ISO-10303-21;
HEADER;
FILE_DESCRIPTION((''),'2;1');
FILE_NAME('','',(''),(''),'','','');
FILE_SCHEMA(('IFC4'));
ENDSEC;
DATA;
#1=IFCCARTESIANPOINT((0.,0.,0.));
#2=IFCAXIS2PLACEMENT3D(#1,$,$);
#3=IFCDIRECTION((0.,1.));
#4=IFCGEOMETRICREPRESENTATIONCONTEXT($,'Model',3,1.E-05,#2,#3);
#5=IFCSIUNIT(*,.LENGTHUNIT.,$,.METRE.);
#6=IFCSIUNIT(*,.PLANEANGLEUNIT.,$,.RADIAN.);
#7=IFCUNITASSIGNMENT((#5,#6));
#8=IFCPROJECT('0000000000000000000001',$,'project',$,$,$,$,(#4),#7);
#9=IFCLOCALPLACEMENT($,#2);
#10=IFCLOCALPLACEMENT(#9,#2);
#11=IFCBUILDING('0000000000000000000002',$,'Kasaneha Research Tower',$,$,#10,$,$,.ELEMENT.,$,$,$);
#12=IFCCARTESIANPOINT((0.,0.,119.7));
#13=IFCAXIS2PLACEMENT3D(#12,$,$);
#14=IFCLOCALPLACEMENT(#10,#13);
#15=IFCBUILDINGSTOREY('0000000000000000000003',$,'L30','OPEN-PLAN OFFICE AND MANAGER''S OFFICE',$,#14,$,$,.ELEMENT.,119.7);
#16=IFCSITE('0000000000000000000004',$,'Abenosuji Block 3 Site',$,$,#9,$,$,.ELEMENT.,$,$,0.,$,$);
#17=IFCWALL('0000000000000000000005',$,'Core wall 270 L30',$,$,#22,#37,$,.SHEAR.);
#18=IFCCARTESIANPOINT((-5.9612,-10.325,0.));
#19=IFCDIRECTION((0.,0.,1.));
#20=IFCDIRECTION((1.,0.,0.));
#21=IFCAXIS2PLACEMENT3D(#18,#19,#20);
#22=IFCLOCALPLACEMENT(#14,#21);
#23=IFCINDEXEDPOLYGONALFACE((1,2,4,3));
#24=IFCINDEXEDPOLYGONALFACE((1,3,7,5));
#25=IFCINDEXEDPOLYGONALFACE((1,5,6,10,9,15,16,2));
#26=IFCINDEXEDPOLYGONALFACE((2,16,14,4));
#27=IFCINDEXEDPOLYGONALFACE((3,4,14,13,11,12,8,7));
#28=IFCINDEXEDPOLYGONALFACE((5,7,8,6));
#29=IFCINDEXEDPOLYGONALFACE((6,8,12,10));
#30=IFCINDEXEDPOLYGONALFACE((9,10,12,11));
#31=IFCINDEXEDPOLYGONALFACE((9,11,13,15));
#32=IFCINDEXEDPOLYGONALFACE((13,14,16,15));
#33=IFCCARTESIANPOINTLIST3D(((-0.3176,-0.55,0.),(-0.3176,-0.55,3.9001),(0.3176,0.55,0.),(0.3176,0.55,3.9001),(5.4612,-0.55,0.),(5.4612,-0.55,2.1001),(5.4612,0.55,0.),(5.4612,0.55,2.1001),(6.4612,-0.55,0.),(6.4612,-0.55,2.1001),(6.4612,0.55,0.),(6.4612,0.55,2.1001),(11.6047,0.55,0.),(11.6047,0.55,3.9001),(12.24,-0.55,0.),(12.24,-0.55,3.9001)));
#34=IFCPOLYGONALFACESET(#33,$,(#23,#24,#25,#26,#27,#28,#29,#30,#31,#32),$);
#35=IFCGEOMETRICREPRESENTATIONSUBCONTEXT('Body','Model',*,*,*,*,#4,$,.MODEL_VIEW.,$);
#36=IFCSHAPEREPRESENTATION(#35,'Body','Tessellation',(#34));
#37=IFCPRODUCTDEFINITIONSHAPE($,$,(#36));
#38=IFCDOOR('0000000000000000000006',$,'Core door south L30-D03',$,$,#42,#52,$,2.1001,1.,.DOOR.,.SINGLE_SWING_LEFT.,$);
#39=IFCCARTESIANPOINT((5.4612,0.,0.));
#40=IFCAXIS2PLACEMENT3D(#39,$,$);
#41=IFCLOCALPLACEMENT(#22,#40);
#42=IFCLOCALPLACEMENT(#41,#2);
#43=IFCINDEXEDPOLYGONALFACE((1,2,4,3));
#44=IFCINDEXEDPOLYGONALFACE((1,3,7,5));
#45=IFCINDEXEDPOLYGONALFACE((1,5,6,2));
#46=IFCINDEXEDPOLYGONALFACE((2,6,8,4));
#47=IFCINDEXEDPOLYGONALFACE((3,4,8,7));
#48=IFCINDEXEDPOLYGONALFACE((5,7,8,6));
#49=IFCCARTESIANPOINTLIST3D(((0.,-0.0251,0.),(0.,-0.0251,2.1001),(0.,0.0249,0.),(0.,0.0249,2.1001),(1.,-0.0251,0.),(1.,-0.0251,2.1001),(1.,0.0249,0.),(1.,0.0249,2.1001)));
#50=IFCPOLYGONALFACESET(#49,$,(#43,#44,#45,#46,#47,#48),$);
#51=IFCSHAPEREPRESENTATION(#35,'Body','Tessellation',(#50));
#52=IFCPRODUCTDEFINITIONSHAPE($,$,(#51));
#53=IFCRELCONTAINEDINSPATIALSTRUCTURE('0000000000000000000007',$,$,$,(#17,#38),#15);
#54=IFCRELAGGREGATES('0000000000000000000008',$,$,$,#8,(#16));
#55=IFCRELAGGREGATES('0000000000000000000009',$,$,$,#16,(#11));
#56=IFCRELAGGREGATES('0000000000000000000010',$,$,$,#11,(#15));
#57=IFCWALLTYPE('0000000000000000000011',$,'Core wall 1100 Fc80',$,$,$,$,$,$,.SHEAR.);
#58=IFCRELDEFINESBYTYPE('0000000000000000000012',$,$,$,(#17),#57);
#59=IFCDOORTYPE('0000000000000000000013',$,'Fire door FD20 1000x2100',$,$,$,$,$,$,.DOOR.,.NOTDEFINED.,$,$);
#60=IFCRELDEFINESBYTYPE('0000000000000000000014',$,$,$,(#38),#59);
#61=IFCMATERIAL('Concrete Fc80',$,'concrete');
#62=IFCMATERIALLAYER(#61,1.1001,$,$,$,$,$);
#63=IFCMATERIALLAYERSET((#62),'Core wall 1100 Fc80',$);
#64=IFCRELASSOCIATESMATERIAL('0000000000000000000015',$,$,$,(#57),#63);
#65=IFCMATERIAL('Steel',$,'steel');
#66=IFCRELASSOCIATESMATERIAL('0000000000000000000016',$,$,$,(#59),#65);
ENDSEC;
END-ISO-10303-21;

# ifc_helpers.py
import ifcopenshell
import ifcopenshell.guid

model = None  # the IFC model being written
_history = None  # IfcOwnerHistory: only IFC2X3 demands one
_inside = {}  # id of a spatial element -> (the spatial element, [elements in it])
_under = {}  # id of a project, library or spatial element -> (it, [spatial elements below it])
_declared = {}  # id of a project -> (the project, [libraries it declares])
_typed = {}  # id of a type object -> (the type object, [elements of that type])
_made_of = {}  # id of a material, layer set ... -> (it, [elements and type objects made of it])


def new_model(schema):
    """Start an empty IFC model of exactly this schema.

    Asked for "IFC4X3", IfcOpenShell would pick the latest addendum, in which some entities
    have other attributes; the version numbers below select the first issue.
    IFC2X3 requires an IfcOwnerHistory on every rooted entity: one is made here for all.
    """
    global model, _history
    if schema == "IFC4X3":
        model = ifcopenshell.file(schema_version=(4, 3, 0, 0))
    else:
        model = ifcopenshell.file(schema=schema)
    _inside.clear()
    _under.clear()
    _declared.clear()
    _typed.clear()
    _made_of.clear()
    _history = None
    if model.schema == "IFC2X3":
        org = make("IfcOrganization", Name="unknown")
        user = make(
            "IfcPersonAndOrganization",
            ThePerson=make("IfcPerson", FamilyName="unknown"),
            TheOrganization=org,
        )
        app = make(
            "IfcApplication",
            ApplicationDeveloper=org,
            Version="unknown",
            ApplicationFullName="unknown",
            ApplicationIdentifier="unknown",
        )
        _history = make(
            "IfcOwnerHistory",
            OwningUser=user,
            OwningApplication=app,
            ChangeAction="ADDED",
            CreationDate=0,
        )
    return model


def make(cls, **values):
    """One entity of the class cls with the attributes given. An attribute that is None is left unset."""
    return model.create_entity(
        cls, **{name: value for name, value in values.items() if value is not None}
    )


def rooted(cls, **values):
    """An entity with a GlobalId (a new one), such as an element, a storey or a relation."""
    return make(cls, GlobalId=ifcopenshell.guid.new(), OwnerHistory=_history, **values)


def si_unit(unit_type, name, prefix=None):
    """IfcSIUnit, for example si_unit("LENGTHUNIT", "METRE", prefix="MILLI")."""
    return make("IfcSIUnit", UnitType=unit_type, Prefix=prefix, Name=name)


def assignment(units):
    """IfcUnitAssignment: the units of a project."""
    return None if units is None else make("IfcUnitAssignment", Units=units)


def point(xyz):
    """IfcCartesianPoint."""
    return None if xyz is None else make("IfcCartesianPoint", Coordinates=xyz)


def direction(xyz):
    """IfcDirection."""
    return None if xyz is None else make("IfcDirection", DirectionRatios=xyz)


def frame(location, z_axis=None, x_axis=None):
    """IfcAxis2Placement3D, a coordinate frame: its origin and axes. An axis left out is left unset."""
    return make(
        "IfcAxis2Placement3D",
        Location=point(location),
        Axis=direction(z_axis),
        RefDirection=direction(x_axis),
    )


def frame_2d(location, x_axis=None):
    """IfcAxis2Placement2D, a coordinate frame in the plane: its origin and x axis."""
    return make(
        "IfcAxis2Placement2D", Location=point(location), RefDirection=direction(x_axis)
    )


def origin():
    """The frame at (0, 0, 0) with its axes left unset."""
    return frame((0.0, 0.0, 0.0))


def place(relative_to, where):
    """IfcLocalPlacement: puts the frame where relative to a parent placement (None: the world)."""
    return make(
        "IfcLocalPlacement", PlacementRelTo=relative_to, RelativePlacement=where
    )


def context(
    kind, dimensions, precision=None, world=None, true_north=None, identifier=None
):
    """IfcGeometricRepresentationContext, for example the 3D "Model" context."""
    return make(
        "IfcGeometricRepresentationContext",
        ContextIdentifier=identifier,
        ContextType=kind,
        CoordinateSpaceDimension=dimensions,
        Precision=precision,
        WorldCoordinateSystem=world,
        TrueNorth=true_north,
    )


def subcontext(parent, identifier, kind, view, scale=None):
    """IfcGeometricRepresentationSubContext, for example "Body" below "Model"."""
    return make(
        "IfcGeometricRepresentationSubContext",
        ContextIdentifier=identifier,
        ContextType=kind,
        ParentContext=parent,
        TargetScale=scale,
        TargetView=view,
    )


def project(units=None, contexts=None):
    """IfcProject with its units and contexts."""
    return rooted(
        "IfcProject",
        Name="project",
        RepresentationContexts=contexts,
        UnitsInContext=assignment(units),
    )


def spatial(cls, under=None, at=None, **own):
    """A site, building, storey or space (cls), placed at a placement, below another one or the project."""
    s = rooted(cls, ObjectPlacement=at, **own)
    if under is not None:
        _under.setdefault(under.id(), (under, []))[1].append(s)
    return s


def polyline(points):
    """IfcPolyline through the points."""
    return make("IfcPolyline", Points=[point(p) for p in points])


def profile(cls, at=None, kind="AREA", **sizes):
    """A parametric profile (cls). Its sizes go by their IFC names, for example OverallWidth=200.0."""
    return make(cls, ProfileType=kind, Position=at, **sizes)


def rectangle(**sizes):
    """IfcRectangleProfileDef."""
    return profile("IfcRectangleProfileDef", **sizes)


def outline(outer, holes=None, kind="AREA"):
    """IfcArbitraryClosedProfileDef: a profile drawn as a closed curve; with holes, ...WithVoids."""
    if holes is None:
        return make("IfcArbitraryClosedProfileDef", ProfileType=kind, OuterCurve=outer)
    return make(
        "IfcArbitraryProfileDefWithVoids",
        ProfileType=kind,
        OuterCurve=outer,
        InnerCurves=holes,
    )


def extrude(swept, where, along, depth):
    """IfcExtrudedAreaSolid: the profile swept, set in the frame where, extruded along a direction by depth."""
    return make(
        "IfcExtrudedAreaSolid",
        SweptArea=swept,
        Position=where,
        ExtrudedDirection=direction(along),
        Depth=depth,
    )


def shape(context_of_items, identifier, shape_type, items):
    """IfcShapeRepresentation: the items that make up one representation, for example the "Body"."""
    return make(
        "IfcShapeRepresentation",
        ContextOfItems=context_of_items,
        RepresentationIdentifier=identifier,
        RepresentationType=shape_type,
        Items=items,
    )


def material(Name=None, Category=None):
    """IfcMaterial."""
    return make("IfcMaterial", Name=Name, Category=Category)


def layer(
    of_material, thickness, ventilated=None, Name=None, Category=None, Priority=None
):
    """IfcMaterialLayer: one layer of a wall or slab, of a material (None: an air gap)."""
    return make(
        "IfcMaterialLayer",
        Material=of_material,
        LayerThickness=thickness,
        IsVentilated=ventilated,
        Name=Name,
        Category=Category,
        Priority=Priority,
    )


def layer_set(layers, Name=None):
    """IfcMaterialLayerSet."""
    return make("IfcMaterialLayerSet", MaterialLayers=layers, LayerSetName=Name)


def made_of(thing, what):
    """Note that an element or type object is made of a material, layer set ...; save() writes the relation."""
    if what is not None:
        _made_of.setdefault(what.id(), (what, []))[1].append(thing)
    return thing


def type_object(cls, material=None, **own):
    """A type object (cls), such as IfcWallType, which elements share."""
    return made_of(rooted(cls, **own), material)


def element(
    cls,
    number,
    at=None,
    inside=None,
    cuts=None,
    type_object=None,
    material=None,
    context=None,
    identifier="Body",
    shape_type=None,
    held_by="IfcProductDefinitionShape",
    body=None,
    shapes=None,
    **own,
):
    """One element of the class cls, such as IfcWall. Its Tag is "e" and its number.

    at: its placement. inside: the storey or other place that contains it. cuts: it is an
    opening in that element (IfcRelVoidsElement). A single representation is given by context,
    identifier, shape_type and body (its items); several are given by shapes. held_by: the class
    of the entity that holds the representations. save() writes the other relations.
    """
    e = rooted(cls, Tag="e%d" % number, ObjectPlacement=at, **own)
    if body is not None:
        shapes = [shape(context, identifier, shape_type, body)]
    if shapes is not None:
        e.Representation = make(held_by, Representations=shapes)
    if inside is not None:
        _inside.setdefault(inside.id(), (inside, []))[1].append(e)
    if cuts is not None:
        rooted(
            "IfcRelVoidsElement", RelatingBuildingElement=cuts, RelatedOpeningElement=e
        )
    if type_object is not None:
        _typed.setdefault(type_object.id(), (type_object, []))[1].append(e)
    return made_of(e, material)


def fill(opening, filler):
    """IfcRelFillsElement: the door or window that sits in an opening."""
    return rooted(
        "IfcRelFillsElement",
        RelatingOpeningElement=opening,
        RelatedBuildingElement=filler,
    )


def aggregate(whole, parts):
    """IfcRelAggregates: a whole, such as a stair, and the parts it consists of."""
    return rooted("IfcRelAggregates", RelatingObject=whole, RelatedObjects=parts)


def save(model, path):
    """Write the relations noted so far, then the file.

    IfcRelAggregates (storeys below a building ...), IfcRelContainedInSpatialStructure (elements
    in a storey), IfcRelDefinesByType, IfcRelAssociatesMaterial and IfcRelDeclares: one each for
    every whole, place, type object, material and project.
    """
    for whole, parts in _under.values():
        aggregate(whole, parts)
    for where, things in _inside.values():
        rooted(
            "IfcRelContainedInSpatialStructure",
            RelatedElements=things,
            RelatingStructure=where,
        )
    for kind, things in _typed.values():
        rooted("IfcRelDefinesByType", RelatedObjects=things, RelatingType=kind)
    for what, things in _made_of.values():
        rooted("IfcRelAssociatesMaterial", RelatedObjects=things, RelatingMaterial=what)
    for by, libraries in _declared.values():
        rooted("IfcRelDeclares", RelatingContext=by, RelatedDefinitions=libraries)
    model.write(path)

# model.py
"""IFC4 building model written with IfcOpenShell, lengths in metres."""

from ifc_helpers import new_model, si_unit, direction, frame, frame_2d, origin, place, context, subcontext, project, spatial, polyline, rectangle, outline, extrude, material, layer, layer_set, type_object, element, fill, save


model = new_model("IFC4")

# Units and contexts
model_context = context("Model", 3, precision=1e-05, world=origin(), true_north=direction((0.0, 1.0)))
body_context = subcontext(model_context, "Body", "Model", "MODEL_VIEW")
ifc_project = project(units=[si_unit("LENGTHUNIT", "METRE"), si_unit("PLANEANGLEUNIT", "RADIAN")], contexts=[model_context])

# Site, building, storey
site_placement = place(None, origin())
site = spatial("IfcSite", under=ifc_project, at=site_placement, Name="Abenosuji Block 3 Site", CompositionType="ELEMENT", RefElevation=0.0)
building_placement = place(site_placement, origin())
building = spatial("IfcBuilding", under=site, at=building_placement, Name="Kasaneha Research Tower", CompositionType="ELEMENT")
storey_placement = place(building_placement, frame((0.0, 0.0, 119.7)))
storey = spatial("IfcBuildingStorey", under=building, at=storey_placement, Name="L30", Description="OPEN-PLAN OFFICE AND MANAGER'S OFFICE", CompositionType="ELEMENT", Elevation=119.7)

# Wall, opening, door
ifc_material_1 = material(Name="Concrete Fc80", Category="concrete")
ifc_layer_1 = layer(ifc_material_1, 1.1001)
ifc_layer_set_1 = layer_set([ifc_layer_1], Name="Core wall 1100 Fc80")
wall_type_1 = type_object("IfcWallType", Name="Core wall 1100 Fc80", PredefinedType="SHEAR", material=ifc_layer_set_1)
wall_1_placement = place(storey_placement, frame((-5.9612, -10.325, 0.0), z_axis=(0.0, 0.0, 1.0), x_axis=(1.0, 0.0, 0.0)))
wall_1 = element("IfcWall", 1, at=wall_1_placement, inside=storey, type_object=wall_type_1, Name="Core wall 270 L30", PredefinedType="SHEAR", context=body_context, shape_type="SweptSolid", body=[
    extrude(outline(polyline([(-0.3176, -0.55), (5.4612, -0.55), (6.4612, -0.55), (12.24, -0.55), (11.6047, 0.55), (6.4612, 0.55), (5.4612, 0.55), (0.3176, 0.55), (-0.3176, -0.55)])), origin(), (0.0, 0.0, 1.0), 3.9001),
])
opening_1_placement = place(wall_1_placement, frame((5.4612, 0.0, 0.0)))
opening_1 = element("IfcOpeningElement", 2, at=opening_1_placement, cuts=wall_1, PredefinedType="OPENING", context=body_context, shape_type="SweptSolid", body=[
    extrude(rectangle(XDim=1.0, YDim=2.1001, at=frame_2d((0.5, 1.05))), frame((0.0, 0.5601, 0.0), z_axis=(0.0, -1.0, 0.0), x_axis=(1.0, 0.0, 0.0)), (0.0, 0.0, 1.0), 1.1201),
])
ifc_material_2 = material(Name="Steel", Category="steel")
door_type_1 = type_object("IfcDoorType", Name="Fire door FD20 1000x2100", OperationType="NOTDEFINED", PredefinedType="DOOR", material=ifc_material_2)
door_1_placement = place(opening_1_placement, origin())
door_1 = element("IfcDoor", 3, at=door_1_placement, inside=storey, type_object=door_type_1, Name="Core door south L30-D03", OperationType="SINGLE_SWING_LEFT", OverallHeight=2.1001, OverallWidth=1.0, PredefinedType="DOOR", context=body_context, shape_type="SweptSolid", body=[
    extrude(rectangle(XDim=1.0, YDim=2.1001, at=frame_2d((0.5, 1.05))), frame((0.0, 0.0249, 0.0), z_axis=(0.0, -1.0, 0.0), x_axis=(1.0, 0.0, 0.0)), (0.0, 0.0, 1.0), 0.05),
])
fill(opening_1, door_1)

save(model, "model.ifc")
